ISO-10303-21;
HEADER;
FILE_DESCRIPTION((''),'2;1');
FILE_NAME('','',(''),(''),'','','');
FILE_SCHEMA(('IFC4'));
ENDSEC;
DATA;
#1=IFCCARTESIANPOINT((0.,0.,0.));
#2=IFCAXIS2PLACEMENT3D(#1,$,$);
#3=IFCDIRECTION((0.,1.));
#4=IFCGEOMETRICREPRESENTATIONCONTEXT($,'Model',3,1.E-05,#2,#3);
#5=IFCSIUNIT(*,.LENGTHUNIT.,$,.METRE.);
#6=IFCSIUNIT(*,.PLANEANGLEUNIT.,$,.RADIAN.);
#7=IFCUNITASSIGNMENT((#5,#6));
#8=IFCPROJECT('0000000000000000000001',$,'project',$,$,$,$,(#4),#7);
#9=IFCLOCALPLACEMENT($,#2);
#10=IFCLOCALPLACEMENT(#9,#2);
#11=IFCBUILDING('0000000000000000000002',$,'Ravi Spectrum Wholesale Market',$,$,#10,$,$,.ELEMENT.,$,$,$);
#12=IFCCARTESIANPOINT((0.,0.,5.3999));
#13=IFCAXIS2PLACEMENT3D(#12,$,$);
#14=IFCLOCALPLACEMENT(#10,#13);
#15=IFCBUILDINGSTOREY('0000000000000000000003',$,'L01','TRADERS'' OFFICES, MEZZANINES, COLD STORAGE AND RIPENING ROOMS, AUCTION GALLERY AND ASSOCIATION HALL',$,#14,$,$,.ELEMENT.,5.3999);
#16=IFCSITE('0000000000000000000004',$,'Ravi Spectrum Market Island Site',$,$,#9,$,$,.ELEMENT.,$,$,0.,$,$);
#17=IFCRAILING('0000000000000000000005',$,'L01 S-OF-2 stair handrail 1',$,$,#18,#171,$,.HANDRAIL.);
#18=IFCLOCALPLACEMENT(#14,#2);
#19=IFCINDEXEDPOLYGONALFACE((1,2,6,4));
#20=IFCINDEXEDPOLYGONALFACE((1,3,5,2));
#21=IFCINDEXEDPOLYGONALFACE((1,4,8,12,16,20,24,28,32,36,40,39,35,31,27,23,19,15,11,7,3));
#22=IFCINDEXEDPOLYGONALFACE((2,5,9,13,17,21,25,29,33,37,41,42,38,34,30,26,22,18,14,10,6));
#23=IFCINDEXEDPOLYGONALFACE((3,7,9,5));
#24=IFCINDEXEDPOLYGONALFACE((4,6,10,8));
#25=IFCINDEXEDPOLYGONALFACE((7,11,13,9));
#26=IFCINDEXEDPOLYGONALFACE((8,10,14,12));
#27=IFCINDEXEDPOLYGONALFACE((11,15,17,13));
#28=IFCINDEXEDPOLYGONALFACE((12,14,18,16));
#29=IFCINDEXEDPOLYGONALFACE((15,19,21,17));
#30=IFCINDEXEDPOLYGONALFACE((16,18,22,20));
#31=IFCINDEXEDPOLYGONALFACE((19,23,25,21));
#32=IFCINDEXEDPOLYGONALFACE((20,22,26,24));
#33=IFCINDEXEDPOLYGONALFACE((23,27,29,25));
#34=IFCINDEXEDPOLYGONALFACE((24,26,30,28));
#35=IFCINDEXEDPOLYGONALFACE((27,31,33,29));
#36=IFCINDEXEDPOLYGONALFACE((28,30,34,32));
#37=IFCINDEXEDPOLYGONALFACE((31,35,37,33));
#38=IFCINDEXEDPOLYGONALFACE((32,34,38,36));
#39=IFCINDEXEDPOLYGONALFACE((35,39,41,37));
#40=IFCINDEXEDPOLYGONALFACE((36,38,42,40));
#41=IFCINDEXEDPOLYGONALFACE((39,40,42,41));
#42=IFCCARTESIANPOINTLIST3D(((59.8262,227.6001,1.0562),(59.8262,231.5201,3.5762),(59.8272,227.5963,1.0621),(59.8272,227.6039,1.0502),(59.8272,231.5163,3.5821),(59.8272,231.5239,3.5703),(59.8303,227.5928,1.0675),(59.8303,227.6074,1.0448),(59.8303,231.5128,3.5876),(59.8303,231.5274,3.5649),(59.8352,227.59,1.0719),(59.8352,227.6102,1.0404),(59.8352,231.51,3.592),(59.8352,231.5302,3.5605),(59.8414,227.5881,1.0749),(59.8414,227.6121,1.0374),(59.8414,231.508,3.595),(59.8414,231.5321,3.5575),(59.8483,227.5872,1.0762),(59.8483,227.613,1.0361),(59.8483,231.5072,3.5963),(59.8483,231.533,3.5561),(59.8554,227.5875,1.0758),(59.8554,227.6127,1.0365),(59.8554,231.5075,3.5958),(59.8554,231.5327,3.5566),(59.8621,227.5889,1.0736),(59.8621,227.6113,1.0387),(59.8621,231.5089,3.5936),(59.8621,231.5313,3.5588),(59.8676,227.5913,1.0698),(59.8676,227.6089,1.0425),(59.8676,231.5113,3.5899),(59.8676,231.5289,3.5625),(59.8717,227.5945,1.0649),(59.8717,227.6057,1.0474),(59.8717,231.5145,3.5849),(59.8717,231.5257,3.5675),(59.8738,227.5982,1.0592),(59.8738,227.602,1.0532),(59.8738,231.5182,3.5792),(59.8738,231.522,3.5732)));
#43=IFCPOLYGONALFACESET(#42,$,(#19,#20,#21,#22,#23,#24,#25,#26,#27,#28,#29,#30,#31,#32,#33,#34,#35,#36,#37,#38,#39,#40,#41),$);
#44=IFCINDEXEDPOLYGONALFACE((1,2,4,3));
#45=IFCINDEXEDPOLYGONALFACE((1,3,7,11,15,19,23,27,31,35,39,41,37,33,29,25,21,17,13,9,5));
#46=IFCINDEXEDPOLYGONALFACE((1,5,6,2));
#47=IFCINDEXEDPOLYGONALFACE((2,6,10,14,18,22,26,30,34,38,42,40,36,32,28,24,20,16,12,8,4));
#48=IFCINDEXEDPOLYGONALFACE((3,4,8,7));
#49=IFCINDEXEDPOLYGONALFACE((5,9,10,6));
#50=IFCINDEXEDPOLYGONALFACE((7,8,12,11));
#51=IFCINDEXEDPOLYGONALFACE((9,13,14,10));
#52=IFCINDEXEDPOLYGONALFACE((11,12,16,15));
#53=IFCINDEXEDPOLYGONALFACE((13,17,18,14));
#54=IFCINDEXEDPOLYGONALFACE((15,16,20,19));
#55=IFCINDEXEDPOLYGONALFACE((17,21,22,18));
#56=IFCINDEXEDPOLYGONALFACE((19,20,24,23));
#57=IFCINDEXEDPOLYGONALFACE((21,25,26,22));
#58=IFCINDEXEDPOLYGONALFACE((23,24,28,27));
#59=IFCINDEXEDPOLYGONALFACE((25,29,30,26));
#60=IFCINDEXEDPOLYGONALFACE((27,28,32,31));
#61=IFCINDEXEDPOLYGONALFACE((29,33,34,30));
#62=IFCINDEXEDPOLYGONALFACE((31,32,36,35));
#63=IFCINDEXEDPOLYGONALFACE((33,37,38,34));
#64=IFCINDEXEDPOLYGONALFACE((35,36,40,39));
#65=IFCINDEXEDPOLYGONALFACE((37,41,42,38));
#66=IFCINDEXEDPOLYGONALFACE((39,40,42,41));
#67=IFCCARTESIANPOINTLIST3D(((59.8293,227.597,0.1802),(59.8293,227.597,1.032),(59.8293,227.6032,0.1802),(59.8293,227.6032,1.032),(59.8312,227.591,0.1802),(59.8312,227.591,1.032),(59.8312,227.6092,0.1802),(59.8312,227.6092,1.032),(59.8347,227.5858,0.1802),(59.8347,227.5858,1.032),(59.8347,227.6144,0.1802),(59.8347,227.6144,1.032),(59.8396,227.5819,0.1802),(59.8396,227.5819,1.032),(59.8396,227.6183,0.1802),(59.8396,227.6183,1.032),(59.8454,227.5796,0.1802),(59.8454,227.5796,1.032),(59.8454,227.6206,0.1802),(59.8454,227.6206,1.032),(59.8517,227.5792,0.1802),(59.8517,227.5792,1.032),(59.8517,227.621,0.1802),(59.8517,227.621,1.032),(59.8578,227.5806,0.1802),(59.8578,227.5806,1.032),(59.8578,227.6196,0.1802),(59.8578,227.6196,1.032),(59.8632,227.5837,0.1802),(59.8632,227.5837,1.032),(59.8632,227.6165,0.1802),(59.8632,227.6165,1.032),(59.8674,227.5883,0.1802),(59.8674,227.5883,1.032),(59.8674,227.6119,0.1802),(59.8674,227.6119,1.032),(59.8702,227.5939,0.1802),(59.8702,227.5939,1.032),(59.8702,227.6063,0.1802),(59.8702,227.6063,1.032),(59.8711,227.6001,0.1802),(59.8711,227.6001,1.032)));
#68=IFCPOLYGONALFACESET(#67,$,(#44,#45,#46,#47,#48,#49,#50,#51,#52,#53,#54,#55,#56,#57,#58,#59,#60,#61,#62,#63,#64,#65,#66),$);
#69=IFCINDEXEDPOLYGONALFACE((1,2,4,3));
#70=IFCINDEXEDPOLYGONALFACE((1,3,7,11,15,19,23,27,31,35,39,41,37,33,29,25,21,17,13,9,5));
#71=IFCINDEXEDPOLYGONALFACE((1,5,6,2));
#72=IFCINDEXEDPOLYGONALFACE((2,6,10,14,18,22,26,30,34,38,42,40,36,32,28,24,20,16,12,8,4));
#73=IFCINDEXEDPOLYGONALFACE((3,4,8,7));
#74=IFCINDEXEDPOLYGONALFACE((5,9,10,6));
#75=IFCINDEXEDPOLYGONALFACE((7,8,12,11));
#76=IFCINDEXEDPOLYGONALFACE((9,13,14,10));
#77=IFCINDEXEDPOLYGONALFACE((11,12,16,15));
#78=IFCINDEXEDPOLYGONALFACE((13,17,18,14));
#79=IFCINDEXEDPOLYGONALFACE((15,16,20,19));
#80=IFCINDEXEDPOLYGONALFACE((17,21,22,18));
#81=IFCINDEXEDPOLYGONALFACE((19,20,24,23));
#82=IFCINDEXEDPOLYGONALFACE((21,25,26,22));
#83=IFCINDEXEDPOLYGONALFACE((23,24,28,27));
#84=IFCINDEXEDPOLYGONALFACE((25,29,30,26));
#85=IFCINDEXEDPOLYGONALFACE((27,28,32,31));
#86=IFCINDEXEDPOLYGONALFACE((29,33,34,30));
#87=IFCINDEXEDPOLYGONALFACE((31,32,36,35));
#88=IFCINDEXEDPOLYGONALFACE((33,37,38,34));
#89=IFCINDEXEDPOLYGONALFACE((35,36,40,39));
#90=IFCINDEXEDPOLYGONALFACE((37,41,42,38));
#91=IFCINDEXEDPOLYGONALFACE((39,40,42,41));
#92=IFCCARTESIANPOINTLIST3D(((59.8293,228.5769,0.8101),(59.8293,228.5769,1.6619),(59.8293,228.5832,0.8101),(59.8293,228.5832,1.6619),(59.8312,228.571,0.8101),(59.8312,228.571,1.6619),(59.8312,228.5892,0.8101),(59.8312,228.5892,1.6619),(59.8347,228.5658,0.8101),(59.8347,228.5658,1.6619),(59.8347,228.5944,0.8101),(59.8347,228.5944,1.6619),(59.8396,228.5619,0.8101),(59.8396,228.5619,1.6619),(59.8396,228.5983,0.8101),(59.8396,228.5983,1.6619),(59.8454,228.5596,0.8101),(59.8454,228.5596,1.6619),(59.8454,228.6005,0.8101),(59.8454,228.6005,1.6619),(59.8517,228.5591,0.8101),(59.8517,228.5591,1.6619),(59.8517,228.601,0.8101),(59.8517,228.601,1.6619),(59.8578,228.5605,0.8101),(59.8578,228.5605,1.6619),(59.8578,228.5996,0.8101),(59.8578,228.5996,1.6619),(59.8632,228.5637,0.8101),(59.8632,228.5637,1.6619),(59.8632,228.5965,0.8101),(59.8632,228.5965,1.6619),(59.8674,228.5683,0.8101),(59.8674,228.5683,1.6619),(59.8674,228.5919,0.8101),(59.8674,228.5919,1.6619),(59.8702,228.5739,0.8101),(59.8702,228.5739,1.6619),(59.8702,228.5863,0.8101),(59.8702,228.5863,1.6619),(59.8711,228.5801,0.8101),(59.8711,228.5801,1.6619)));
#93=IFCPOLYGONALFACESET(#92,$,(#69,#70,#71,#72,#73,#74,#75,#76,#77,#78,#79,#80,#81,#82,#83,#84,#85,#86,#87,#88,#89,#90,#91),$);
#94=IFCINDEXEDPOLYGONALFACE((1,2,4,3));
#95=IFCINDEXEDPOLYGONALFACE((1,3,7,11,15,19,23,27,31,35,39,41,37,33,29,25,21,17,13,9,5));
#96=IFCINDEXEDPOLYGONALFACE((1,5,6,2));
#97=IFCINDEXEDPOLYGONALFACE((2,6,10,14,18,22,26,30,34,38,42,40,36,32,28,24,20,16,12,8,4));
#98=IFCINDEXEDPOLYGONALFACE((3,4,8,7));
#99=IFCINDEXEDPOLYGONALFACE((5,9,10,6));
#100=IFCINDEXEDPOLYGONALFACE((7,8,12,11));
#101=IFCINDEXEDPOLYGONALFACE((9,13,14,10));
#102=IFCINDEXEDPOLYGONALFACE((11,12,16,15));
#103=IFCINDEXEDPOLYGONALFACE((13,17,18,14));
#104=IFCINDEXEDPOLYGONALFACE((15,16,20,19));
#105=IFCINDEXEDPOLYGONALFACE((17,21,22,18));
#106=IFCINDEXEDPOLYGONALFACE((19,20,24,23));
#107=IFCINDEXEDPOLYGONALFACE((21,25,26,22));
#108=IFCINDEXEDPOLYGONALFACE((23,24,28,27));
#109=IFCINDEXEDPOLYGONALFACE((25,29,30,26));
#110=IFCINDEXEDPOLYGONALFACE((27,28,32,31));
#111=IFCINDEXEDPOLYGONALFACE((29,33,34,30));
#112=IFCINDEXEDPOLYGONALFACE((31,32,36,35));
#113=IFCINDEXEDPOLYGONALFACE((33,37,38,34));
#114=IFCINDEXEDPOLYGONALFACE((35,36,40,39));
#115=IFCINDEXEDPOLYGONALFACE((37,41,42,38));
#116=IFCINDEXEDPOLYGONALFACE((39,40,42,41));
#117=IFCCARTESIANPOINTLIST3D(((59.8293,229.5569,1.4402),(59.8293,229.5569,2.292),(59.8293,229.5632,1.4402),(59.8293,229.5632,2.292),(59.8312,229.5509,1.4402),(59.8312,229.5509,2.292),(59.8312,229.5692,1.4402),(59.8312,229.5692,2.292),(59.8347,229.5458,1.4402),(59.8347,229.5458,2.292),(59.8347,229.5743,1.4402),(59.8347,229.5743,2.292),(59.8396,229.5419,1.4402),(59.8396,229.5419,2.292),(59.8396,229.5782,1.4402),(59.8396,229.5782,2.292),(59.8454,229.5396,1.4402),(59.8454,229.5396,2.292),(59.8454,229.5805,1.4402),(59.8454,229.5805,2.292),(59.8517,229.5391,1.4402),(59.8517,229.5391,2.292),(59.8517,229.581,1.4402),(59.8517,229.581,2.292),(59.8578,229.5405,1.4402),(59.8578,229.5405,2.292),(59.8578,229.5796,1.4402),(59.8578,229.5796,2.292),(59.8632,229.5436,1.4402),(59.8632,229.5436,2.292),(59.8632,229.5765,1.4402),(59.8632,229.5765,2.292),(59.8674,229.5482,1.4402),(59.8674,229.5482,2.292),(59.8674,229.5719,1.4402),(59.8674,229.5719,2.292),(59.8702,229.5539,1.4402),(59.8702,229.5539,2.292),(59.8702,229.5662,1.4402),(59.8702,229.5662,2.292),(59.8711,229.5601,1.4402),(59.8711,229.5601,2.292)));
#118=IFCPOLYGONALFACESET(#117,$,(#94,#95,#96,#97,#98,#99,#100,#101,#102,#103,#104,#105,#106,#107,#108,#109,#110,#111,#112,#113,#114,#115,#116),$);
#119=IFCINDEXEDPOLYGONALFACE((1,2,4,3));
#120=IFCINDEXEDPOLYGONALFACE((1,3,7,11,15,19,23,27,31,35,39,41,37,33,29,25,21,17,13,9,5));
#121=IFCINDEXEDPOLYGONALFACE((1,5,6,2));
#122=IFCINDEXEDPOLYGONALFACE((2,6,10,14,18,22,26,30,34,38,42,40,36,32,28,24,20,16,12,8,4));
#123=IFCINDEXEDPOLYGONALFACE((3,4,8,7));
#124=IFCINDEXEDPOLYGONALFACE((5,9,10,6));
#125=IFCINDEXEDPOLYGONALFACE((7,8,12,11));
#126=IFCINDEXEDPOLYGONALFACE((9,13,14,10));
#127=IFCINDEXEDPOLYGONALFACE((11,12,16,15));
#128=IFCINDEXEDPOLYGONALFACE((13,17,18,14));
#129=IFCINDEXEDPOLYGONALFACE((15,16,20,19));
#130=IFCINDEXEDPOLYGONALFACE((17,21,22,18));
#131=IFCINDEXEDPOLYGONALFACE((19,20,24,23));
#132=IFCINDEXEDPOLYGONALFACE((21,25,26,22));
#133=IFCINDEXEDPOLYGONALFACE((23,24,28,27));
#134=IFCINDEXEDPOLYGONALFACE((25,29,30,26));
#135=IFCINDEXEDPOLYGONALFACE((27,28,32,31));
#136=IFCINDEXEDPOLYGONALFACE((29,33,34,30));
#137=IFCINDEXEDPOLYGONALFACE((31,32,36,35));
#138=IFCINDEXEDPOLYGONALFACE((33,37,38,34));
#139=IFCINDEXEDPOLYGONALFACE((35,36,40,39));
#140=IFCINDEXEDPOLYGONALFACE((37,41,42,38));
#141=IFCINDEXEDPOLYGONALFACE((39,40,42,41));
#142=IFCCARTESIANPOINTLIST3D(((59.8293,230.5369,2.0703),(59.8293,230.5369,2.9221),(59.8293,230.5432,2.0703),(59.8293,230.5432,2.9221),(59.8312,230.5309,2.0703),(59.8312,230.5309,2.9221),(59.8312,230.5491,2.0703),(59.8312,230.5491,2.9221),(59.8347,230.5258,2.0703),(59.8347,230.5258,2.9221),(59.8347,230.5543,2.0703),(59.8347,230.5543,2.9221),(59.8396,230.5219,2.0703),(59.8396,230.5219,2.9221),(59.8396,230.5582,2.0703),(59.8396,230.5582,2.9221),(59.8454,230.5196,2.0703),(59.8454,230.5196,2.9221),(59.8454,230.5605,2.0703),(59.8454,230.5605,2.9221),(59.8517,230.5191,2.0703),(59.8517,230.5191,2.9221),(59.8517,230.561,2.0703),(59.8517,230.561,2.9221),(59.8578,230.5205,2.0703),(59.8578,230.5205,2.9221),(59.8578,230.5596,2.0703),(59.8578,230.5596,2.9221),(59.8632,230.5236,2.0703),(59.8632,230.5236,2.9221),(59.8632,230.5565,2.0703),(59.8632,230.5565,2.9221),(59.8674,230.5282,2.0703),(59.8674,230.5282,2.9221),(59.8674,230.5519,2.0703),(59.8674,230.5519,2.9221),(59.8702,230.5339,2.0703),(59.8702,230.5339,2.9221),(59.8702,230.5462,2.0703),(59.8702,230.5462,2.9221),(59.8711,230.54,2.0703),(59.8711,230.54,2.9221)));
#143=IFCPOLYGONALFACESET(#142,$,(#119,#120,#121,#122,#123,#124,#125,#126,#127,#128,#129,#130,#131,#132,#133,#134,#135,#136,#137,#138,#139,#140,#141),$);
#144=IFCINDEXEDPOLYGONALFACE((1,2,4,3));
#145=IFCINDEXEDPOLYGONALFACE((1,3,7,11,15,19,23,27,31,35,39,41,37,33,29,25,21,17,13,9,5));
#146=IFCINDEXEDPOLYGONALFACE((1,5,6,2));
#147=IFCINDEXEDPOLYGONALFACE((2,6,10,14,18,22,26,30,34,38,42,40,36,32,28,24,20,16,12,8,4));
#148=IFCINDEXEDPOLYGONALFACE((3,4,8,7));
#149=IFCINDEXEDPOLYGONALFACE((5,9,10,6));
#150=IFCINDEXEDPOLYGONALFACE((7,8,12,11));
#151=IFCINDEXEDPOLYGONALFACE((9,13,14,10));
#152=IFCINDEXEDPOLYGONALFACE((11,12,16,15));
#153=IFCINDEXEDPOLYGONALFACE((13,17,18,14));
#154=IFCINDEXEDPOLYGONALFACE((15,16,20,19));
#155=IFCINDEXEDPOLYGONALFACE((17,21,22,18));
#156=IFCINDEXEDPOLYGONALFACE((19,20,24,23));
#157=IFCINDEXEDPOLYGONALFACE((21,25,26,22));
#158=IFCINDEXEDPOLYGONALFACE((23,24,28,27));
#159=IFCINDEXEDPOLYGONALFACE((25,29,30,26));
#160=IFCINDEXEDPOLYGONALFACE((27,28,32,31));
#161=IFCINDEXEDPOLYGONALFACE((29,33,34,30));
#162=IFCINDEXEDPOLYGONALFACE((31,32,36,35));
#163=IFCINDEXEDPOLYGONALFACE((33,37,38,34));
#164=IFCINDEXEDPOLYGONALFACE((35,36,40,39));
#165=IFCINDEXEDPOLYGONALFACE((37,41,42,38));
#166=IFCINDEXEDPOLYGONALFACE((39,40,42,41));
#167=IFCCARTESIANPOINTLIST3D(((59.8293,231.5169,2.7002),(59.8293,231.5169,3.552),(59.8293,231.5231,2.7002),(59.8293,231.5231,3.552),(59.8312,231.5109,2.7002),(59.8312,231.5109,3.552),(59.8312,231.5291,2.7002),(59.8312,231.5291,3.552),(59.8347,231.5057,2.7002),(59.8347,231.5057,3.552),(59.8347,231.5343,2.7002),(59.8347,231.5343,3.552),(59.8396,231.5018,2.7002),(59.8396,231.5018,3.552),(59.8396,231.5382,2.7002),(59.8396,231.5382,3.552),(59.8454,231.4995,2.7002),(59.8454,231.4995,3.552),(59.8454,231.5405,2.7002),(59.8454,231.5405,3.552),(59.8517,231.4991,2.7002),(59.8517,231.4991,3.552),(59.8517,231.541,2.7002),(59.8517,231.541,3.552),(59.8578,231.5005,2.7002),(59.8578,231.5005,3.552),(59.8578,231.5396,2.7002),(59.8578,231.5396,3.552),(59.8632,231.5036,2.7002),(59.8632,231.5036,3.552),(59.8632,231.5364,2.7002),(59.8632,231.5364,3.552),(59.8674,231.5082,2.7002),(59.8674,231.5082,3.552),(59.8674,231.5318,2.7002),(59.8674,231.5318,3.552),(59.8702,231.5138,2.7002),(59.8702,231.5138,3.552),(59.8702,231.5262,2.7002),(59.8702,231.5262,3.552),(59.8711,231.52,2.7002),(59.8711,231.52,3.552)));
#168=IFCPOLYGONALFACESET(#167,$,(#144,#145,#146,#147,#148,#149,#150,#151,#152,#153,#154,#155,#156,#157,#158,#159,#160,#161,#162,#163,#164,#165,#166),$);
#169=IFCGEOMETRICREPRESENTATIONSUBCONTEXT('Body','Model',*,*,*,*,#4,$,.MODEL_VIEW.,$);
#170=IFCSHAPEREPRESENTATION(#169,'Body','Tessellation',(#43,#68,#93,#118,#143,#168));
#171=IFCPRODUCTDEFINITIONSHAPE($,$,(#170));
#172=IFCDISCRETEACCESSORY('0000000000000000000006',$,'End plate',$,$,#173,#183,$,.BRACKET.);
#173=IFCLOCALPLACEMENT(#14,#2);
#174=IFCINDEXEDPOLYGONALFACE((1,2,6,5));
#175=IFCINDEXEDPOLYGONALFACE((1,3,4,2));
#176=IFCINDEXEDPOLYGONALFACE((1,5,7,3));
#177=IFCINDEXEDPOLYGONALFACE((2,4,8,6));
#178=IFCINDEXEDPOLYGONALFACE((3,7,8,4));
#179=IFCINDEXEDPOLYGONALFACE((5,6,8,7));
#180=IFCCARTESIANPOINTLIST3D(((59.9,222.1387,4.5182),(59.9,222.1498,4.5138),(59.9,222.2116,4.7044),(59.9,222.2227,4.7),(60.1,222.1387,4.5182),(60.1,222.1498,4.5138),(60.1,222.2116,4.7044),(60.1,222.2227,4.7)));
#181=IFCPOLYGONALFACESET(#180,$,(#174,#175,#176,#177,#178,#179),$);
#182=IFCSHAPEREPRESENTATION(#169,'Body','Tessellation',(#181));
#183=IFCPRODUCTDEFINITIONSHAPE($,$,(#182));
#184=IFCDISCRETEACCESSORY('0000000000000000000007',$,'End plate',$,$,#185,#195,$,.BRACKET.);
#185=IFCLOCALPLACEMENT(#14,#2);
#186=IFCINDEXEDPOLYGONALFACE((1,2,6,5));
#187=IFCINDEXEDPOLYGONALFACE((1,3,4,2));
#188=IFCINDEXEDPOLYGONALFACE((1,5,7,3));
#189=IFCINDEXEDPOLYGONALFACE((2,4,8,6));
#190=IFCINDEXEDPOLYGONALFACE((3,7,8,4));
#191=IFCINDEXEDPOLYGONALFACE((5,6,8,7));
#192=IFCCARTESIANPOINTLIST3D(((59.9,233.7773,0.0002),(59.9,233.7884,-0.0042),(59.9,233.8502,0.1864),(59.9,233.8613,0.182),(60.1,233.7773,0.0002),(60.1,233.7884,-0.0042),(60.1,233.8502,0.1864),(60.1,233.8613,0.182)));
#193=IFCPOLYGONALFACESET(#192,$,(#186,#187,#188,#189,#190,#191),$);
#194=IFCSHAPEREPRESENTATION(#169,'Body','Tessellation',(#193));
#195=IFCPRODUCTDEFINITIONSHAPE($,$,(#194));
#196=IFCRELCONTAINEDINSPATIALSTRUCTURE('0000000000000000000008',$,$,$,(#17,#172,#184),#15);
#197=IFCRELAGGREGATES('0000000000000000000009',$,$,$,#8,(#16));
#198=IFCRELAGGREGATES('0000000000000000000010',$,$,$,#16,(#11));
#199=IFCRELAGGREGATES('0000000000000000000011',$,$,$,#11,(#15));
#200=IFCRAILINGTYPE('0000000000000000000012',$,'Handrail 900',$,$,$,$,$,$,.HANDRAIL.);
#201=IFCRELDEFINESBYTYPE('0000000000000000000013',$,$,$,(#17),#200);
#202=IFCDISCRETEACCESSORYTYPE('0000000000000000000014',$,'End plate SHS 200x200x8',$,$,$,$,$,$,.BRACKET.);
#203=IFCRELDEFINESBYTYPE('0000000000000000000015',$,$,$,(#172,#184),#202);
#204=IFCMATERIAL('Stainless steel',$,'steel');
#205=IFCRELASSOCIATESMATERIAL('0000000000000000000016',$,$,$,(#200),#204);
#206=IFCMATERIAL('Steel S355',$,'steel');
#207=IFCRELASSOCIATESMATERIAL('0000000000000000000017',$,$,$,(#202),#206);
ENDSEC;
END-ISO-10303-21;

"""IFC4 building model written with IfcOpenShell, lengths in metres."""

from ifc_helpers import new_model, si_unit, direction, frame, origin, origin_2d, place, context, subcontext, project, spatial, rectangle, circle, extrude, material, material_profile, profile_set, type_object, element, save


model = new_model("IFC4")

# Units and contexts
model_context = context("Model", 3, precision=1e-05, world=origin(), true_north=direction((0.0, 1.0)))
body_context = subcontext(model_context, "Body", "Model", "MODEL_VIEW")
ifc_project = project(units=[si_unit("LENGTHUNIT", "METRE"), si_unit("PLANEANGLEUNIT", "RADIAN")], contexts=[model_context])

# Site, building, storey
site_placement = place(None, origin())
site = spatial("IfcSite", under=ifc_project, at=site_placement, Name="Ravi Spectrum Market Island Site", CompositionType="ELEMENT", RefElevation=0.0)
building_placement = place(site_placement, origin())
building = spatial("IfcBuilding", under=site, at=building_placement, Name="Ravi Spectrum Wholesale Market", CompositionType="ELEMENT")
storey_placement = place(building_placement, frame((0.0, 0.0, 5.3999)))
storey = spatial("IfcBuildingStorey", under=building, at=storey_placement, Name="L01", Description="TRADERS' OFFICES, MEZZANINES, COLD STORAGE AND RIPENING ROOMS, AUCTION GALLERY AND ASSOCIATION HALL", CompositionType="ELEMENT", Elevation=5.3999)

# Railing
ifc_material_1 = material(Name="Stainless steel", Category="steel")
railing_type_1 = type_object("IfcRailingType", Name="Handrail 900", PredefinedType="HANDRAIL", material=ifc_material_1)
railing_1_placement = place(storey_placement, frame((59.8501, 227.6001, 0.1802)))
element("IfcRailing", 1, at=railing_1_placement, inside=storey, type_object=railing_type_1, Name="L01 S-OF-2 stair handrail 1", PredefinedType="HANDRAIL", context=body_context, shape_type="SweptSolid", body=[
    extrude(circle(Radius=0.0239, at=origin_2d()), frame((0.0, 0.0, 0.876), z_axis=(0.0, 0.841172, 0.540768), x_axis=(-1.0, 0.0, 0.0)), (0.0, 0.0, 1.0), 4.6602),
    extrude(circle(Radius=0.021, at=origin_2d()), origin(), (0.0, 0.0, 1.0), 0.8518),
    extrude(circle(Radius=0.021, at=origin_2d()), frame((0.0, 0.98, 0.6299)), (0.0, 0.0, 1.0), 0.8518),
    extrude(circle(Radius=0.021, at=origin_2d()), frame((0.0, 1.96, 1.26)), (0.0, 0.0, 1.0), 0.8518),
    extrude(circle(Radius=0.021, at=origin_2d()), frame((0.0, 2.9399, 1.8901)), (0.0, 0.0, 1.0), 0.8518),
    extrude(circle(Radius=0.021, at=origin_2d()), frame((0.0, 3.9199, 2.52)), (0.0, 0.0, 1.0), 0.8518),
])

# Discrete accessories
ifc_material_2 = material(Name="Steel S355", Category="steel")
ifc_material_profile_1 = material_profile(ifc_material_2, rectangle(XDim=0.2, YDim=0.2, at=origin_2d()))
ifc_profile_set_1 = profile_set([ifc_material_profile_1], Name="Steel S355")
discrete_accessory_type = type_object("IfcDiscreteAccessoryType", Name="End plate SHS 200x200x8", PredefinedType="BRACKET", material=ifc_profile_set_1)
for number, where, z_axis, x_axis, name in (
    (2, (60.0, 222.1863, 4.6069), (0.0, -0.931243, 0.364399), (1.0, 0.0, 0.0), "End plate"),
    (3, (60.0, 233.8137, 0.0933), (0.0, 0.931243, -0.364399), (-1.0, 0.0, 0.0), "End plate"),
):
    element("IfcDiscreteAccessory", number, at=place(storey_placement, frame(where, z_axis=z_axis, x_axis=x_axis)), inside=storey, type_object=discrete_accessory_type, Name=name, PredefinedType="BRACKET", context=body_context, shape_type="SweptSolid", body=[
        extrude(rectangle(XDim=0.2, YDim=0.2, at=origin_2d()), origin(), (0.0, 0.0, 1.0), 0.012),
    ])

save(model, "model.ifc")
